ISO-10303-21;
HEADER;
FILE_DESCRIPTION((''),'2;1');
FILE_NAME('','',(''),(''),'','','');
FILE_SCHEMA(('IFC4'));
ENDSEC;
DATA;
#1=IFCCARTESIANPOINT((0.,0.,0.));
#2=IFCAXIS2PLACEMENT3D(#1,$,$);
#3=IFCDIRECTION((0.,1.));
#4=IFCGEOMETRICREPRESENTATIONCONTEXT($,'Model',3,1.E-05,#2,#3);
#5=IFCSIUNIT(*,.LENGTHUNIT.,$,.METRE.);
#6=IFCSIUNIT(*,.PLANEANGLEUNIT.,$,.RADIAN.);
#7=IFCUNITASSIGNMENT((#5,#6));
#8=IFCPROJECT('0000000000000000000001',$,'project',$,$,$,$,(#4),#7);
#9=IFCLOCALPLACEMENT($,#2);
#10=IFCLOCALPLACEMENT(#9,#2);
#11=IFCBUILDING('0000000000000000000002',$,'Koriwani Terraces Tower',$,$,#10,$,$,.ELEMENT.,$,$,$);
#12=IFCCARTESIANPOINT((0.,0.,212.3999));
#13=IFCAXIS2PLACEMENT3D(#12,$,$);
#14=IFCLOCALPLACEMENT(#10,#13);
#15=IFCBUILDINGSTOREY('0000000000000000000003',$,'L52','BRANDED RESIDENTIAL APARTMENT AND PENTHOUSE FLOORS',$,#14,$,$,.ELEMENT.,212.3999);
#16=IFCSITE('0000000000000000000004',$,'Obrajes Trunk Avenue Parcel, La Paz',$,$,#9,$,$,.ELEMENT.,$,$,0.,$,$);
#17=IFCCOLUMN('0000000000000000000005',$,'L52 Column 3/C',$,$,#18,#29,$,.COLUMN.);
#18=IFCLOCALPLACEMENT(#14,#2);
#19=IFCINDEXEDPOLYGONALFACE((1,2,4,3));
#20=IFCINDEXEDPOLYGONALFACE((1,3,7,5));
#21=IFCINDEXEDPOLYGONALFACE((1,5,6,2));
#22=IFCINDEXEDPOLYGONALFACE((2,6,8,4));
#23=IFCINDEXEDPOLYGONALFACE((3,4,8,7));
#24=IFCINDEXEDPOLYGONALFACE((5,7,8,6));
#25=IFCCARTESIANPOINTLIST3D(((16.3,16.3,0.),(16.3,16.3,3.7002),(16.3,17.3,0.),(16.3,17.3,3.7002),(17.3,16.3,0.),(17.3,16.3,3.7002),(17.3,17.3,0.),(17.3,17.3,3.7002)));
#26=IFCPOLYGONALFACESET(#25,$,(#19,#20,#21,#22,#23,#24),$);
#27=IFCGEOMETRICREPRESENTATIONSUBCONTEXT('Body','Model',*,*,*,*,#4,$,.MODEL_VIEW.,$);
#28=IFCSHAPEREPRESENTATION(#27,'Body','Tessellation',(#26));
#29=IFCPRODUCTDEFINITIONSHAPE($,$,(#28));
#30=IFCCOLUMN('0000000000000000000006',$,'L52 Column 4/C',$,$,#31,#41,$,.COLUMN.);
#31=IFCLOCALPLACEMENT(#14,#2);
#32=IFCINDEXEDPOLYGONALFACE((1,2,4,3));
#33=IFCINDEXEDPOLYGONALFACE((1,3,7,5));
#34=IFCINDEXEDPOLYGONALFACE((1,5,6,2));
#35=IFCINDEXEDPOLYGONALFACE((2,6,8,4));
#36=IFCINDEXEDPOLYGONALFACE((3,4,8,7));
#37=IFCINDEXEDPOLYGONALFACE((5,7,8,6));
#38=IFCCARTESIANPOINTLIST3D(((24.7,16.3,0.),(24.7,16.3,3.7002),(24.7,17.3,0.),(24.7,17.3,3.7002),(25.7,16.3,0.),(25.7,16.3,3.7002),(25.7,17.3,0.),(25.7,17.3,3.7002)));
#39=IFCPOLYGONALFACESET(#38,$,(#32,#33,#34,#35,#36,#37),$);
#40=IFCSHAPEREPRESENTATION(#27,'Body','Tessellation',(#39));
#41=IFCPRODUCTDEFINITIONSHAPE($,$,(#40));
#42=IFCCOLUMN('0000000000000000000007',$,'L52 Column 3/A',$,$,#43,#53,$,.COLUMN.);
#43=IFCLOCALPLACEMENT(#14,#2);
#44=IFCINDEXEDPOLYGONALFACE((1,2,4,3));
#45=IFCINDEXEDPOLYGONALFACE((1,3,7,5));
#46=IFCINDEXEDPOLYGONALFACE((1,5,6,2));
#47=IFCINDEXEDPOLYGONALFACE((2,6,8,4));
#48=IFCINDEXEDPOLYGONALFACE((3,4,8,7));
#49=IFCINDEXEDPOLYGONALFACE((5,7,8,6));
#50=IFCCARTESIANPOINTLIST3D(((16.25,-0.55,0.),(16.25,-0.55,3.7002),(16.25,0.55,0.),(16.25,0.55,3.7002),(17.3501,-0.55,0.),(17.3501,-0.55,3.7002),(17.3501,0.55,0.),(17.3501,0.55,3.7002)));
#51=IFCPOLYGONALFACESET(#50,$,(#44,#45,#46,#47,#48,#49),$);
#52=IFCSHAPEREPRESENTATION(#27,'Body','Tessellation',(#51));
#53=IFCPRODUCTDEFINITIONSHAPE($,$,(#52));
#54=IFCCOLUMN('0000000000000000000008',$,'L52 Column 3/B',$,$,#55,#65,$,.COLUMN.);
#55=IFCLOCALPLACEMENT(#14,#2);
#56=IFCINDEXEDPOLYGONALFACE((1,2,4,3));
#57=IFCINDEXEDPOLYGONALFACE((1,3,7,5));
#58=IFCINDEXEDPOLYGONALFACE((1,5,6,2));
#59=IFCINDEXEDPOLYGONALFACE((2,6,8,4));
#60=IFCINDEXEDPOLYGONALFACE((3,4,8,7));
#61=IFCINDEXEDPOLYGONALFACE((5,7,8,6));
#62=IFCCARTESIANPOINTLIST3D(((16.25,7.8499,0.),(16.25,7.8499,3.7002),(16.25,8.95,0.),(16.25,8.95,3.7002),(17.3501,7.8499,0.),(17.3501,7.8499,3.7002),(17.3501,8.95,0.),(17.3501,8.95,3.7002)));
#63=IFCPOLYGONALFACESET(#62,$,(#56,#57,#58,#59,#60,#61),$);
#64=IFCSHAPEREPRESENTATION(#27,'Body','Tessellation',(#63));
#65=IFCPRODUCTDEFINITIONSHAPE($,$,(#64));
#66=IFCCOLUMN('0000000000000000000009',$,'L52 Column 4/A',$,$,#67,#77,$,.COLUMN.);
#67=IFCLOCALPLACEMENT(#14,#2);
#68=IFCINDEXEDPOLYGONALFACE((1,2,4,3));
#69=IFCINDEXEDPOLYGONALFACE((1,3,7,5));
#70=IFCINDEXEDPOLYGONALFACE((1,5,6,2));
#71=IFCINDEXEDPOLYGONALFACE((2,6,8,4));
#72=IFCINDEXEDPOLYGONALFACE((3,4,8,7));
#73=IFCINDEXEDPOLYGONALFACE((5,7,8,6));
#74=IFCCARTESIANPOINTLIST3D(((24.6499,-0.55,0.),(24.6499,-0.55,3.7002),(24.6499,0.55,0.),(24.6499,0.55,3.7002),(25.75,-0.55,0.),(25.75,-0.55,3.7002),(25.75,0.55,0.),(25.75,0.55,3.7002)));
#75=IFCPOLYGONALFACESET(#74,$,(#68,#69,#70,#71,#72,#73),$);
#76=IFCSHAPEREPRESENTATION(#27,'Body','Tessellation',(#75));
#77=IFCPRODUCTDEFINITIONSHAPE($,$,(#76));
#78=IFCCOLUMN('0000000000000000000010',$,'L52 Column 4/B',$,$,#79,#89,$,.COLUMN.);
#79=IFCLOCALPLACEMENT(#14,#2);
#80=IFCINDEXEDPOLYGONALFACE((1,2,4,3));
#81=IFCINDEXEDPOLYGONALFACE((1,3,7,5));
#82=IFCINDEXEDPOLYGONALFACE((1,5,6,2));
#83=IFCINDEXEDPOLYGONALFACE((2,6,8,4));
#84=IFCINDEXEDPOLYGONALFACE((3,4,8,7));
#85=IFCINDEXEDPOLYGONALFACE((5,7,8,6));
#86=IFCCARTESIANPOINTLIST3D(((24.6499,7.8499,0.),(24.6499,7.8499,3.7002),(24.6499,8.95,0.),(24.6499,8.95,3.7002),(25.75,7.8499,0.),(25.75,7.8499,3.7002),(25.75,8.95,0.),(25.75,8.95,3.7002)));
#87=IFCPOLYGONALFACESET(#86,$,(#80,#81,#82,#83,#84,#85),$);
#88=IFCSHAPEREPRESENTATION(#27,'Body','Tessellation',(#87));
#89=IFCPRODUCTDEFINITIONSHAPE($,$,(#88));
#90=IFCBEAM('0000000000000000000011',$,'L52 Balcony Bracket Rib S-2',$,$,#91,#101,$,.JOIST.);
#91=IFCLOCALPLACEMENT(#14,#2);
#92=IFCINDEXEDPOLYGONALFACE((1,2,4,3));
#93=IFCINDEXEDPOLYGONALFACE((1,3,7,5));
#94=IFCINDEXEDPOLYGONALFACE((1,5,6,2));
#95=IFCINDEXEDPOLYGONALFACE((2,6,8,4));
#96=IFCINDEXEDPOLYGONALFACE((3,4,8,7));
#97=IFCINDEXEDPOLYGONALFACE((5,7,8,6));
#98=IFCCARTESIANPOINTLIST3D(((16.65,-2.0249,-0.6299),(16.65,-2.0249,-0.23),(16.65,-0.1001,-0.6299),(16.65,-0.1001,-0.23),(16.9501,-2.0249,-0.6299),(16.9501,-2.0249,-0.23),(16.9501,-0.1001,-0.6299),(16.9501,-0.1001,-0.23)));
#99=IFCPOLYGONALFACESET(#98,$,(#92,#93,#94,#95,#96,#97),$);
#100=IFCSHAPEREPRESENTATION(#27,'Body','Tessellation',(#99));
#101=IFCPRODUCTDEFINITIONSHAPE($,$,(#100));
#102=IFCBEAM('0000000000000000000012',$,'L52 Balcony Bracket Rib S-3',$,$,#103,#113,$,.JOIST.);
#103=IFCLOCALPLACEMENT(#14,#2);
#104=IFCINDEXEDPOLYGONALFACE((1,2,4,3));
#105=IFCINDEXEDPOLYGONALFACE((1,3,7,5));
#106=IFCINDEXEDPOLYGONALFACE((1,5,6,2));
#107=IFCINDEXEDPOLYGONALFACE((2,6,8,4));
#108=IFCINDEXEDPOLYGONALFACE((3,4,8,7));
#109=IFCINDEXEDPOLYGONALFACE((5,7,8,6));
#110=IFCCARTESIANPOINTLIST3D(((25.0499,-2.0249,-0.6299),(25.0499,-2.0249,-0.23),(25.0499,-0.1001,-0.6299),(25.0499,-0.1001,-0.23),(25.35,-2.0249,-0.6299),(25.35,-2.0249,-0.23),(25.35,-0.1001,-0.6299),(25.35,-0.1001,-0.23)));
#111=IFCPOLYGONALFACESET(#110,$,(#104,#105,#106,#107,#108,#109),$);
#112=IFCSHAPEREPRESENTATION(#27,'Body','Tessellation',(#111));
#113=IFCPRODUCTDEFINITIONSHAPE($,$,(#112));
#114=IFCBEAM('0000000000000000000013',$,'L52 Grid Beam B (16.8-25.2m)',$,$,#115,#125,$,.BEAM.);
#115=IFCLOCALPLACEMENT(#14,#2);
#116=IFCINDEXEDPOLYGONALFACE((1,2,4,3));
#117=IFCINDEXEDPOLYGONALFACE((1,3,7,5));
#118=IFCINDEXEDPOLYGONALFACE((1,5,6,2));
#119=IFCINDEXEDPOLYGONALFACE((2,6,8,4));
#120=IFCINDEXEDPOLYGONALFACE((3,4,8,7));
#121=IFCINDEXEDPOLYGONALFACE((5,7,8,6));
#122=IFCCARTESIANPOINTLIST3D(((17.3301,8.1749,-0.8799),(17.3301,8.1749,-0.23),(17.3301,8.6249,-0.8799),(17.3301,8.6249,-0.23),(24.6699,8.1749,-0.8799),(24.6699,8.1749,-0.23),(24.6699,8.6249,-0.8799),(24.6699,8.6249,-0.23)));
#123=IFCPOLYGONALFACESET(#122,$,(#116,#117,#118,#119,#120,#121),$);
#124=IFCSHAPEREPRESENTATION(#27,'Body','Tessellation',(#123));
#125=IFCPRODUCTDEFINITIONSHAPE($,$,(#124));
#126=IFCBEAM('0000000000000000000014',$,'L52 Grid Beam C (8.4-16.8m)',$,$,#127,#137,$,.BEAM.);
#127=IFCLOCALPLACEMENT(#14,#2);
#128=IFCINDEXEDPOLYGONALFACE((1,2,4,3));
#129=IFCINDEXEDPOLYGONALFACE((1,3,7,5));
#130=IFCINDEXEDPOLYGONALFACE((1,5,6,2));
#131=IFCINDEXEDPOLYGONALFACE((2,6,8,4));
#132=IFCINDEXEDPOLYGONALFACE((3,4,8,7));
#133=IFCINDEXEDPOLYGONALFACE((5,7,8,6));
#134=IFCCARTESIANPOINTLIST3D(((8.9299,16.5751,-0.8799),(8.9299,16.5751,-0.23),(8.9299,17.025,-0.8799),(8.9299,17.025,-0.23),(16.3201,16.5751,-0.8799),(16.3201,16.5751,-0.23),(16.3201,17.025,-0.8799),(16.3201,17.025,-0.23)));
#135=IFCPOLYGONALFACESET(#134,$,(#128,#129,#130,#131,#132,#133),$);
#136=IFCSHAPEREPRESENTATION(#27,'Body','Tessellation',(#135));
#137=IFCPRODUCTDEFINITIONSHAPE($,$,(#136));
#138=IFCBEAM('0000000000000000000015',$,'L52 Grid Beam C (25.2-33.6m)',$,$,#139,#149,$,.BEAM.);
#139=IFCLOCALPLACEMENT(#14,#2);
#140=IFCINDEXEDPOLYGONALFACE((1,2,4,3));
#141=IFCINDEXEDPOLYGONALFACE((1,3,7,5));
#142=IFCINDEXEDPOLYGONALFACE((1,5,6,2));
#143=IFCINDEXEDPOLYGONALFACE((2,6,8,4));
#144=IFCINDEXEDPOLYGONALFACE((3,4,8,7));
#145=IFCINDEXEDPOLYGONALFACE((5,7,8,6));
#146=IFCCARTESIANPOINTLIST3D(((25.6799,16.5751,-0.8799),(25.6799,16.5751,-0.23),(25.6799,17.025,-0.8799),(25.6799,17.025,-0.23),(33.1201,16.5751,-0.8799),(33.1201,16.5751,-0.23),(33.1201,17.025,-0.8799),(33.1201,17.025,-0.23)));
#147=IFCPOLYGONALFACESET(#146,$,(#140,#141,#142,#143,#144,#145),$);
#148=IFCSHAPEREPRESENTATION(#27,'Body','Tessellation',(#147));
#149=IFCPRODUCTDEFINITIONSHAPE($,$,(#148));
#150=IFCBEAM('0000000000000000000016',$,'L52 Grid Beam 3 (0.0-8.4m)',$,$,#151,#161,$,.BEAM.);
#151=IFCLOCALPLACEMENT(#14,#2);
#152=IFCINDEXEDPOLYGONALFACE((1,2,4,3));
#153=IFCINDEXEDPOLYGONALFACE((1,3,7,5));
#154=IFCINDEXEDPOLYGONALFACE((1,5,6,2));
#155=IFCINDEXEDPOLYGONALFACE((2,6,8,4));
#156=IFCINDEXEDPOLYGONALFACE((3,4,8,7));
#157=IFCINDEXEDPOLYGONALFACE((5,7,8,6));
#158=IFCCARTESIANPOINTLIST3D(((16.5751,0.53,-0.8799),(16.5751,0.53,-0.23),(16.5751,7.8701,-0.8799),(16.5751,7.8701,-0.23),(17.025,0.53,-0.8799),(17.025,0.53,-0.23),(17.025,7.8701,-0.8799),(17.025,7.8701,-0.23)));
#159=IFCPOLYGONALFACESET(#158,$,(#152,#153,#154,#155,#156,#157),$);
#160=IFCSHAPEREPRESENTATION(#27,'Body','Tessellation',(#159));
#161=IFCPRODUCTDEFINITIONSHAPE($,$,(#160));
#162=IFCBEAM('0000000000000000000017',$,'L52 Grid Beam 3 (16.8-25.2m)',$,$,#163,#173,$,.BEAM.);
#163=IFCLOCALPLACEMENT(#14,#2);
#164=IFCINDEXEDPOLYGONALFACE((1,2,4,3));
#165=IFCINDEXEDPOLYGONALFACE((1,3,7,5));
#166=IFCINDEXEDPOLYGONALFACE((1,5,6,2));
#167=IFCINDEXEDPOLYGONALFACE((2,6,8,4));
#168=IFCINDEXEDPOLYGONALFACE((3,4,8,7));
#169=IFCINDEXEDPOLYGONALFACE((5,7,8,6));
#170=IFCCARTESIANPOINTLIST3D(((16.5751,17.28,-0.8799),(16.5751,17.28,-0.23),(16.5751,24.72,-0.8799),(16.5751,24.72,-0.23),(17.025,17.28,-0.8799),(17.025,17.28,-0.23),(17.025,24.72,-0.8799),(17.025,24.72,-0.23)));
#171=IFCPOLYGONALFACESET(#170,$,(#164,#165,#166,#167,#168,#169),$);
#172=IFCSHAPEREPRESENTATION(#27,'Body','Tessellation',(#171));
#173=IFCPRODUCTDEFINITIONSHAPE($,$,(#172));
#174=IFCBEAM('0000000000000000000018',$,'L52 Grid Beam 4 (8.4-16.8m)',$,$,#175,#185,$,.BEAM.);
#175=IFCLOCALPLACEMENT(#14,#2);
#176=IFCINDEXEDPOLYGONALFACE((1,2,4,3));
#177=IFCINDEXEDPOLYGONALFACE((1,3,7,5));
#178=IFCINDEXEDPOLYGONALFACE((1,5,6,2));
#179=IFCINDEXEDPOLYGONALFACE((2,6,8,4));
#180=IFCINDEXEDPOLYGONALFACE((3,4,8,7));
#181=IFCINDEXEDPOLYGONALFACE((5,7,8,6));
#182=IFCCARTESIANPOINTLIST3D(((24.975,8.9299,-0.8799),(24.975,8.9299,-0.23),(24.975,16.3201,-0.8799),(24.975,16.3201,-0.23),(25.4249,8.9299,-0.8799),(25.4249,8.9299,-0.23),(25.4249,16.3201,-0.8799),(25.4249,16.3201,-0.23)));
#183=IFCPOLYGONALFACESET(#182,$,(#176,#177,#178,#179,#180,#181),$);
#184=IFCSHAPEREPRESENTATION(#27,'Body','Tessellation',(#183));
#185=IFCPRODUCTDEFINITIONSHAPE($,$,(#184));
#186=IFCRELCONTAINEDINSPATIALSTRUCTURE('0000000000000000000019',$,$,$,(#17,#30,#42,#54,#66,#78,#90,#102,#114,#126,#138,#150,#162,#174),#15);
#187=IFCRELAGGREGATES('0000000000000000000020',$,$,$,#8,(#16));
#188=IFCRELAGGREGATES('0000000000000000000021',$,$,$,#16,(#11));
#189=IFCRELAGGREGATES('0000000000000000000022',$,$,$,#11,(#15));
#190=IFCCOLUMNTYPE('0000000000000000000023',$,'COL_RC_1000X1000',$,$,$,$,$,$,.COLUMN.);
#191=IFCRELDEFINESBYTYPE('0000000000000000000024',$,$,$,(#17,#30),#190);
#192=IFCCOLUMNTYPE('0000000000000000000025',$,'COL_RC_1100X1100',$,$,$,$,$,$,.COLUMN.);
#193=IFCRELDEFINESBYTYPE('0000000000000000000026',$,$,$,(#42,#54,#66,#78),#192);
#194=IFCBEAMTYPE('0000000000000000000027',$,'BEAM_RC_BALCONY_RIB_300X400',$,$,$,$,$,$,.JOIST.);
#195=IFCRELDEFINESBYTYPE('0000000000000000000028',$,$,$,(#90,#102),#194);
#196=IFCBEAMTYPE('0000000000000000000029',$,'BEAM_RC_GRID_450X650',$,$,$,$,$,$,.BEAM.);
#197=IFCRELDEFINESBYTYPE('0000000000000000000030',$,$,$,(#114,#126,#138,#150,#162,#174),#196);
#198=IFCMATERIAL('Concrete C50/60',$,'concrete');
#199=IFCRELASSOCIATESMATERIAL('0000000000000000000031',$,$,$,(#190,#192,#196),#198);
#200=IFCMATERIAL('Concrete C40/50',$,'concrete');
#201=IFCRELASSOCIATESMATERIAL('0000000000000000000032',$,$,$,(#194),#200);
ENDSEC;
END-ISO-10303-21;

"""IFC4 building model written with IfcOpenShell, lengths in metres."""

from ifc_helpers import new_model, si_unit, direction, frame, origin, origin_2d, place, context, subcontext, project, spatial, rectangle, extrude, material, material_profile, profile_set, type_object, element, save


model = new_model("IFC4")

# Units and contexts
model_context = context("Model", 3, precision=1e-05, world=origin(), true_north=direction((0.0, 1.0)))
body_context = subcontext(model_context, "Body", "Model", "MODEL_VIEW")
ifc_project = project(units=[si_unit("LENGTHUNIT", "METRE"), si_unit("PLANEANGLEUNIT", "RADIAN")], contexts=[model_context])

# Site, building, storey
site_placement = place(None, origin())
site = spatial("IfcSite", under=ifc_project, at=site_placement, Name="Obrajes Trunk Avenue Parcel, La Paz", CompositionType="ELEMENT", RefElevation=0.0)
building_placement = place(site_placement, origin())
building = spatial("IfcBuilding", under=site, at=building_placement, Name="Koriwani Terraces Tower", CompositionType="ELEMENT")
storey_placement = place(building_placement, frame((0.0, 0.0, 212.3999)))
storey = spatial("IfcBuildingStorey", under=building, at=storey_placement, Name="L52", Description="BRANDED RESIDENTIAL APARTMENT AND PENTHOUSE FLOORS", CompositionType="ELEMENT", Elevation=212.3999)

# Columns
ifc_material_1 = material(Name="Concrete C50/60", Category="concrete")
ifc_material_profile_1 = material_profile(ifc_material_1, rectangle(XDim=1.0, YDim=1.0, at=origin_2d()), Name="Concrete C50/60", Category="LoadBearing")
ifc_profile_set_1 = profile_set([ifc_material_profile_1], Name="Concrete C50/60")
column_type_1 = type_object("IfcColumnType", Name="COL_RC_1000X1000", PredefinedType="COLUMN", material=ifc_profile_set_1)
for number, where, z_axis, x_axis, name in (
    (1, (16.8, 16.8, 0.0), (0.0, 0.0, 1.0), (1.0, 0.0, 0.0), "L52 Column 3/C"),
    (2, (25.2, 16.8, 0.0), (0.0, 0.0, 1.0), (1.0, 0.0, 0.0), "L52 Column 4/C"),
):
    element("IfcColumn", number, at=place(storey_placement, frame(where, z_axis=z_axis, x_axis=x_axis)), inside=storey, type_object=column_type_1, Name=name, PredefinedType="COLUMN", context=body_context, shape_type="SweptSolid", body=[
        extrude(rectangle(XDim=1.0, YDim=1.0, at=origin_2d()), origin(), (0.0, 0.0, 1.0), 3.7002),
    ])
ifc_material_profile_2 = material_profile(ifc_material_1, rectangle(XDim=1.1001, YDim=1.1001, at=origin_2d()), Name="Concrete C50/60", Category="LoadBearing")
ifc_profile_set_2 = profile_set([ifc_material_profile_2], Name="Concrete C50/60")
column_type_2 = type_object("IfcColumnType", Name="COL_RC_1100X1100", PredefinedType="COLUMN", material=ifc_profile_set_2)
for number, where, z_axis, x_axis, name in (
    (3, (16.8, 0.0, 0.0), (0.0, 0.0, 1.0), (1.0, 0.0, 0.0), "L52 Column 3/A"),
    (4, (16.8, 8.3999, 0.0), (0.0, 0.0, 1.0), (1.0, 0.0, 0.0), "L52 Column 3/B"),
    (5, (25.2, 0.0, 0.0), (0.0, 0.0, 1.0), (1.0, 0.0, 0.0), "L52 Column 4/A"),
    (6, (25.2, 8.3999, 0.0), (0.0, 0.0, 1.0), (1.0, 0.0, 0.0), "L52 Column 4/B"),
):
    element("IfcColumn", number, at=place(storey_placement, frame(where, z_axis=z_axis, x_axis=x_axis)), inside=storey, type_object=column_type_2, Name=name, PredefinedType="COLUMN", context=body_context, shape_type="SweptSolid", body=[
        extrude(rectangle(XDim=1.1001, YDim=1.1001, at=origin_2d()), origin(), (0.0, 0.0, 1.0), 3.7002),
    ])

# Beams
ifc_material_2 = material(Name="Concrete C40/50", Category="concrete")
ifc_material_profile_3 = material_profile(ifc_material_2, rectangle(XDim=0.3, YDim=0.3999, at=origin_2d()), Name="Concrete C40/50", Category="LoadBearing")
ifc_profile_set_3 = profile_set([ifc_material_profile_3], Name="Concrete C40/50")
beam_type_1 = type_object("IfcBeamType", Name="BEAM_RC_BALCONY_RIB_300X400", PredefinedType="JOIST", material=ifc_profile_set_3)
for number, where, z_axis, x_axis, name in (
    (7, (16.8, -2.0249, -0.4299), (0.0, 1.0, 0.0), (-1.0, 0.0, 0.0), "L52 Balcony Bracket Rib S-2"),
    (8, (25.2, -2.0249, -0.4299), (0.0, 1.0, 0.0), (-1.0, 0.0, 0.0), "L52 Balcony Bracket Rib S-3"),
):
    element("IfcBeam", number, at=place(storey_placement, frame(where, z_axis=z_axis, x_axis=x_axis)), inside=storey, type_object=beam_type_1, Name=name, PredefinedType="JOIST", context=body_context, shape_type="SweptSolid", body=[
        extrude(rectangle(XDim=0.3, YDim=0.3999, at=origin_2d()), origin(), (0.0, 0.0, 1.0), 1.9248),
    ])
ifc_material_profile_4 = material_profile(ifc_material_1, rectangle(XDim=0.45, YDim=0.6499, at=origin_2d()), Name="Concrete C50/60", Category="LoadBearing")
ifc_profile_set_4 = profile_set([ifc_material_profile_4], Name="Concrete C50/60")
beam_type_2 = type_object("IfcBeamType", Name="BEAM_RC_GRID_450X650", PredefinedType="BEAM", material=ifc_profile_set_4)
beam_1_placement = place(storey_placement, frame((17.3301, 8.3999, -0.5549), z_axis=(1.0, 0.0, 0.0), x_axis=(0.0, 1.0, 0.0)))
element("IfcBeam", 9, at=beam_1_placement, inside=storey, type_object=beam_type_2, Name="L52 Grid Beam B (16.8-25.2m)", PredefinedType="BEAM", context=body_context, shape_type="SweptSolid", body=[
    extrude(rectangle(XDim=0.45, YDim=0.6499, at=origin_2d()), origin(), (0.0, 0.0, 1.0), 7.3398),
])
beam_2_placement = place(storey_placement, frame((8.9299, 16.8, -0.5549), z_axis=(1.0, 0.0, 0.0), x_axis=(0.0, 1.0, 0.0)))
element("IfcBeam", 10, at=beam_2_placement, inside=storey, type_object=beam_type_2, Name="L52 Grid Beam C (8.4-16.8m)", PredefinedType="BEAM", context=body_context, shape_type="SweptSolid", body=[
    extrude(rectangle(XDim=0.45, YDim=0.6499, at=origin_2d()), origin(), (0.0, 0.0, 1.0), 7.3901),
])
beam_3_placement = place(storey_placement, frame((25.6799, 16.8, -0.5549), z_axis=(1.0, 0.0, 0.0), x_axis=(0.0, 1.0, 0.0)))
element("IfcBeam", 11, at=beam_3_placement, inside=storey, type_object=beam_type_2, Name="L52 Grid Beam C (25.2-33.6m)", PredefinedType="BEAM", context=body_context, shape_type="SweptSolid", body=[
    extrude(rectangle(XDim=0.45, YDim=0.6499, at=origin_2d()), origin(), (0.0, 0.0, 1.0), 7.4402),
])
beam_4_placement = place(storey_placement, frame((16.8, 0.53, -0.5549), z_axis=(0.0, 1.0, 0.0), x_axis=(-1.0, 0.0, 0.0)))
element("IfcBeam", 12, at=beam_4_placement, inside=storey, type_object=beam_type_2, Name="L52 Grid Beam 3 (0.0-8.4m)", PredefinedType="BEAM", context=body_context, shape_type="SweptSolid", body=[
    extrude(rectangle(XDim=0.45, YDim=0.6499, at=origin_2d()), origin(), (0.0, 0.0, 1.0), 7.3401),
])
beam_5_placement = place(storey_placement, frame((16.8, 17.28, -0.5549), z_axis=(0.0, 1.0, 0.0), x_axis=(-1.0, 0.0, 0.0)))
element("IfcBeam", 13, at=beam_5_placement, inside=storey, type_object=beam_type_2, Name="L52 Grid Beam 3 (16.8-25.2m)", PredefinedType="BEAM", context=body_context, shape_type="SweptSolid", body=[
    extrude(rectangle(XDim=0.45, YDim=0.6499, at=origin_2d()), origin(), (0.0, 0.0, 1.0), 7.4399),
])
beam_6_placement = place(storey_placement, frame((25.2, 8.9299, -0.5549), z_axis=(0.0, 1.0, 0.0), x_axis=(-1.0, 0.0, 0.0)))
element("IfcBeam", 14, at=beam_6_placement, inside=storey, type_object=beam_type_2, Name="L52 Grid Beam 4 (8.4-16.8m)", PredefinedType="BEAM", context=body_context, shape_type="SweptSolid", body=[
    extrude(rectangle(XDim=0.45, YDim=0.6499, at=origin_2d()), origin(), (0.0, 0.0, 1.0), 7.3901),
])

save(model, "model.ifc")
